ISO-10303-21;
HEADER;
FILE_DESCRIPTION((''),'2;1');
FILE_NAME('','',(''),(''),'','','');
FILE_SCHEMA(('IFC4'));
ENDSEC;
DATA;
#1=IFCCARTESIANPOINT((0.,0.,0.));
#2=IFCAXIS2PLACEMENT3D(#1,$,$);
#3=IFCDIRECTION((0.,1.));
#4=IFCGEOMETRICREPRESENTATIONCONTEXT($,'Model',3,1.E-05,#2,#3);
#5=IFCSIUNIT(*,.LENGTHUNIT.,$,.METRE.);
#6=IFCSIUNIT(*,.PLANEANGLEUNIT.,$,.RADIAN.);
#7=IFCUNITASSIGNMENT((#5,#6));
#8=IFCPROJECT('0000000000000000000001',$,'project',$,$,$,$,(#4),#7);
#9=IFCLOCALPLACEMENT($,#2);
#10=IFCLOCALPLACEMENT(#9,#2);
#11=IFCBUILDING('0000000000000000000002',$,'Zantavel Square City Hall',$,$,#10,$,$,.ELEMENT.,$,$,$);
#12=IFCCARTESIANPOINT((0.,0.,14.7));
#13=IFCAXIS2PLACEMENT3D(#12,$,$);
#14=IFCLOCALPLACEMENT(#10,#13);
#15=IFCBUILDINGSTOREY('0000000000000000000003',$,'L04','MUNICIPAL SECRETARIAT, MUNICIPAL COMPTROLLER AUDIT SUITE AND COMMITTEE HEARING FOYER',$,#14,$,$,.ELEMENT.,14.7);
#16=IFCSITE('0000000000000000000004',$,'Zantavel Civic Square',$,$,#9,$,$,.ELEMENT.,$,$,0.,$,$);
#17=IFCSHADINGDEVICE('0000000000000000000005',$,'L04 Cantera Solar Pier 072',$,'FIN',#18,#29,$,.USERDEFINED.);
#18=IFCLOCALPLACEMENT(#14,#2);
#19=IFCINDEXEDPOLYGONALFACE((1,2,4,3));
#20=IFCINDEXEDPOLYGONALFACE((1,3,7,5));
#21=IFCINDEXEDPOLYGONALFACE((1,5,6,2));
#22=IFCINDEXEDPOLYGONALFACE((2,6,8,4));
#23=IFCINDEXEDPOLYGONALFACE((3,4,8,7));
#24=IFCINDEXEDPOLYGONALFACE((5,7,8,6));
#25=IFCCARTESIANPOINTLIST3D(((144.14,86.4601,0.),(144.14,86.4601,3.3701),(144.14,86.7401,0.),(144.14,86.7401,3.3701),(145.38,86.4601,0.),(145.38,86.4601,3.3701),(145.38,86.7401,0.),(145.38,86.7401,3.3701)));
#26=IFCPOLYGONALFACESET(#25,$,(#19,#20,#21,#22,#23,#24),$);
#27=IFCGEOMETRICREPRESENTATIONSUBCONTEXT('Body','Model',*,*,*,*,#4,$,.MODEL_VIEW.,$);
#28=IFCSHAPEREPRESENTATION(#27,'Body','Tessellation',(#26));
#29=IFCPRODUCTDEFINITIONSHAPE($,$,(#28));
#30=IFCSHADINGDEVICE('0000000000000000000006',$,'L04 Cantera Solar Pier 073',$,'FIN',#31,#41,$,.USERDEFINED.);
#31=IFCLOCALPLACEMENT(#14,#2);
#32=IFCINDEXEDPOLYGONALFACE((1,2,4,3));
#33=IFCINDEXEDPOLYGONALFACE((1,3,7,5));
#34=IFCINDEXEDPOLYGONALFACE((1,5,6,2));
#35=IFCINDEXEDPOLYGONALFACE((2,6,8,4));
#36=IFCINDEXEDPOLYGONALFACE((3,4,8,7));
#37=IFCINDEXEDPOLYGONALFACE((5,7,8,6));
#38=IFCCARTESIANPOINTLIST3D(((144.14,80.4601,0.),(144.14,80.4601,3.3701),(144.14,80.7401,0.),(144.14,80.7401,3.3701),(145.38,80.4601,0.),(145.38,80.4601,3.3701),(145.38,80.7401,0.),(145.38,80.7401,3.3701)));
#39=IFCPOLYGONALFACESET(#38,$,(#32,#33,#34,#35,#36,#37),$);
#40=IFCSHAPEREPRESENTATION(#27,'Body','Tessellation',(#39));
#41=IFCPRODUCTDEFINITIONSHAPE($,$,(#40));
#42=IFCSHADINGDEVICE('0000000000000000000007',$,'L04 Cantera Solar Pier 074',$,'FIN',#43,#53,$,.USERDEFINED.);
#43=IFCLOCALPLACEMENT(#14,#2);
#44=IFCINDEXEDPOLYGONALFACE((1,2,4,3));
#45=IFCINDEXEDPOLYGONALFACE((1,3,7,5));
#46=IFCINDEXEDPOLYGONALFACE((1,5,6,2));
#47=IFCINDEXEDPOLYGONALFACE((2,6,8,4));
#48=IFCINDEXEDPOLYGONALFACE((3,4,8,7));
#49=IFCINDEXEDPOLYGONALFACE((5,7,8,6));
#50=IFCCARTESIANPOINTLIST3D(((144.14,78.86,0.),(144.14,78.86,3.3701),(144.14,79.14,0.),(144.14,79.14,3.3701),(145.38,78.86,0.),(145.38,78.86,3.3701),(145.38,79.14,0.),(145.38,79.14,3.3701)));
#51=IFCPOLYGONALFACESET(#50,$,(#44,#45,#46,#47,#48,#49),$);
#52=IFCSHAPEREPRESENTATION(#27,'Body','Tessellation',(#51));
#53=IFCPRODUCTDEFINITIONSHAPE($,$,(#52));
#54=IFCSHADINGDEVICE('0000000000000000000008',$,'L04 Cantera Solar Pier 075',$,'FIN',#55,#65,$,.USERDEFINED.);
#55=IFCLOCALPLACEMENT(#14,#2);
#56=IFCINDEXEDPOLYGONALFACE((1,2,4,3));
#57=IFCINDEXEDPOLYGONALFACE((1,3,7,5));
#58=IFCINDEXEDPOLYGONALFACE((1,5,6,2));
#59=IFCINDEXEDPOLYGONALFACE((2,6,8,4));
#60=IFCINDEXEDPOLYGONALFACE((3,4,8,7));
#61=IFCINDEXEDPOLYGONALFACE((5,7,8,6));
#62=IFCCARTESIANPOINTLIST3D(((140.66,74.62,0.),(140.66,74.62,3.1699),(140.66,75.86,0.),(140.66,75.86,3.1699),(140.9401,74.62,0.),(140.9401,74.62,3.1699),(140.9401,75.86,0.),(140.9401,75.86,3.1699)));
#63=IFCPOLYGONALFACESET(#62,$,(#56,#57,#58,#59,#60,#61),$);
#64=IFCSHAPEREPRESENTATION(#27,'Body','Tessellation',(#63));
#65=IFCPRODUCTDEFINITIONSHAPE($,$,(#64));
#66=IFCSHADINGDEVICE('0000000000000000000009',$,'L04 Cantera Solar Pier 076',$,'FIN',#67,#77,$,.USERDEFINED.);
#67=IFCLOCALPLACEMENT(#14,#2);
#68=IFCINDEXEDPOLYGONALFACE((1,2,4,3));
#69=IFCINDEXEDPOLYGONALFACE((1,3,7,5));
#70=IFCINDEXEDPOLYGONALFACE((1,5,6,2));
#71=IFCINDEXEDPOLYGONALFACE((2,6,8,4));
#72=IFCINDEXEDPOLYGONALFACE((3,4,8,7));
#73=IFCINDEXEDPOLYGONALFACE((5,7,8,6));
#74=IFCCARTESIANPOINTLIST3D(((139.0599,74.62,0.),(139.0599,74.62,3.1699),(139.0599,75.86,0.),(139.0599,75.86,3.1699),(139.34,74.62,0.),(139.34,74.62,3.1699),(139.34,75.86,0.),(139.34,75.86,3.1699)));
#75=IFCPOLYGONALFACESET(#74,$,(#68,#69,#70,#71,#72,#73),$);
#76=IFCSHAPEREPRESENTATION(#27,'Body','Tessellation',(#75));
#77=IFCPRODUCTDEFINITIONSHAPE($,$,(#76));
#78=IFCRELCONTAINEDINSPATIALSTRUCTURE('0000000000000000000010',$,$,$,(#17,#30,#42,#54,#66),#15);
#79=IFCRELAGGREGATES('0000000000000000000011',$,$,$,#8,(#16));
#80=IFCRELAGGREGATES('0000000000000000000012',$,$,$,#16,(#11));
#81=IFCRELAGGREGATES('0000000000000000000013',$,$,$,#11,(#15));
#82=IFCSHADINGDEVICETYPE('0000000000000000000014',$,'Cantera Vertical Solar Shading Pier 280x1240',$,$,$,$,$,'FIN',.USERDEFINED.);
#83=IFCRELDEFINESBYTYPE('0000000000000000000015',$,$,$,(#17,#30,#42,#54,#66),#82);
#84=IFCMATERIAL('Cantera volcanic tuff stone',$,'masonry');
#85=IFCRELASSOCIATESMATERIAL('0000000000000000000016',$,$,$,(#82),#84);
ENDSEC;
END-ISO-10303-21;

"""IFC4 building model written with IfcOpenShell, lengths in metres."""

from ifc_helpers import new_model, si_unit, direction, frame, origin, origin_2d, place, context, subcontext, project, spatial, rectangle, extrude, material, type_object, element, save


model = new_model("IFC4")

# Units and contexts
model_context = context("Model", 3, precision=1e-05, world=origin(), true_north=direction((0.0, 1.0)))
body_context = subcontext(model_context, "Body", "Model", "MODEL_VIEW")
ifc_project = project(units=[si_unit("LENGTHUNIT", "METRE"), si_unit("PLANEANGLEUNIT", "RADIAN")], contexts=[model_context])

# Site, building, storey
site_placement = place(None, origin())
site = spatial("IfcSite", under=ifc_project, at=site_placement, Name="Zantavel Civic Square", CompositionType="ELEMENT", RefElevation=0.0)
building_placement = place(site_placement, origin())
building = spatial("IfcBuilding", under=site, at=building_placement, Name="Zantavel Square City Hall", CompositionType="ELEMENT")
storey_placement = place(building_placement, frame((0.0, 0.0, 14.7)))
storey = spatial("IfcBuildingStorey", under=building, at=storey_placement, Name="L04", Description="MUNICIPAL SECRETARIAT, MUNICIPAL COMPTROLLER AUDIT SUITE AND COMMITTEE HEARING FOYER", CompositionType="ELEMENT", Elevation=14.7)

# Shared definitions
ifc_material_1 = material(Name="Cantera volcanic tuff stone", Category="masonry")

# Shading devices
shading_device_type = type_object("IfcShadingDeviceType", Name="Cantera Vertical Solar Shading Pier 280x1240", ElementType="FIN", PredefinedType="USERDEFINED", material=ifc_material_1)
for number, where, z_axis, x_axis, name in (
    (1, (144.76, 86.6001, 0.0), (0.0, 0.0, 1.0), (1.0, 0.0, 0.0), "L04 Cantera Solar Pier 072"),
    (2, (144.76, 80.6001, 0.0), (0.0, 0.0, 1.0), (1.0, 0.0, 0.0), "L04 Cantera Solar Pier 073"),
    (3, (144.76, 79.0, 0.0), (0.0, 0.0, 1.0), (1.0, 0.0, 0.0), "L04 Cantera Solar Pier 074"),
):
    element("IfcShadingDevice", number, at=place(storey_placement, frame(where, z_axis=z_axis, x_axis=x_axis)), inside=storey, type_object=shading_device_type, Name=name, ObjectType="FIN", PredefinedType="USERDEFINED", context=body_context, shape_type="SweptSolid", body=[
        extrude(rectangle(XDim=1.24, YDim=0.28, at=origin_2d()), origin(), (0.0, 0.0, 1.0), 3.3701),
    ])
for number, where, z_axis, x_axis, name in (
    (4, (140.8, 75.24, 0.0), (0.0, 0.0, 1.0), (1.0, 0.0, 0.0), "L04 Cantera Solar Pier 075"),
    (5, (139.2, 75.24, 0.0), (0.0, 0.0, 1.0), (1.0, 0.0, 0.0), "L04 Cantera Solar Pier 076"),
):
    element("IfcShadingDevice", number, at=place(storey_placement, frame(where, z_axis=z_axis, x_axis=x_axis)), inside=storey, type_object=shading_device_type, Name=name, ObjectType="FIN", PredefinedType="USERDEFINED", context=body_context, shape_type="SweptSolid", body=[
        extrude(rectangle(XDim=0.28, YDim=1.24, at=origin_2d()), origin(), (0.0, 0.0, 1.0), 3.1699),
    ])

save(model, "model.ifc")
